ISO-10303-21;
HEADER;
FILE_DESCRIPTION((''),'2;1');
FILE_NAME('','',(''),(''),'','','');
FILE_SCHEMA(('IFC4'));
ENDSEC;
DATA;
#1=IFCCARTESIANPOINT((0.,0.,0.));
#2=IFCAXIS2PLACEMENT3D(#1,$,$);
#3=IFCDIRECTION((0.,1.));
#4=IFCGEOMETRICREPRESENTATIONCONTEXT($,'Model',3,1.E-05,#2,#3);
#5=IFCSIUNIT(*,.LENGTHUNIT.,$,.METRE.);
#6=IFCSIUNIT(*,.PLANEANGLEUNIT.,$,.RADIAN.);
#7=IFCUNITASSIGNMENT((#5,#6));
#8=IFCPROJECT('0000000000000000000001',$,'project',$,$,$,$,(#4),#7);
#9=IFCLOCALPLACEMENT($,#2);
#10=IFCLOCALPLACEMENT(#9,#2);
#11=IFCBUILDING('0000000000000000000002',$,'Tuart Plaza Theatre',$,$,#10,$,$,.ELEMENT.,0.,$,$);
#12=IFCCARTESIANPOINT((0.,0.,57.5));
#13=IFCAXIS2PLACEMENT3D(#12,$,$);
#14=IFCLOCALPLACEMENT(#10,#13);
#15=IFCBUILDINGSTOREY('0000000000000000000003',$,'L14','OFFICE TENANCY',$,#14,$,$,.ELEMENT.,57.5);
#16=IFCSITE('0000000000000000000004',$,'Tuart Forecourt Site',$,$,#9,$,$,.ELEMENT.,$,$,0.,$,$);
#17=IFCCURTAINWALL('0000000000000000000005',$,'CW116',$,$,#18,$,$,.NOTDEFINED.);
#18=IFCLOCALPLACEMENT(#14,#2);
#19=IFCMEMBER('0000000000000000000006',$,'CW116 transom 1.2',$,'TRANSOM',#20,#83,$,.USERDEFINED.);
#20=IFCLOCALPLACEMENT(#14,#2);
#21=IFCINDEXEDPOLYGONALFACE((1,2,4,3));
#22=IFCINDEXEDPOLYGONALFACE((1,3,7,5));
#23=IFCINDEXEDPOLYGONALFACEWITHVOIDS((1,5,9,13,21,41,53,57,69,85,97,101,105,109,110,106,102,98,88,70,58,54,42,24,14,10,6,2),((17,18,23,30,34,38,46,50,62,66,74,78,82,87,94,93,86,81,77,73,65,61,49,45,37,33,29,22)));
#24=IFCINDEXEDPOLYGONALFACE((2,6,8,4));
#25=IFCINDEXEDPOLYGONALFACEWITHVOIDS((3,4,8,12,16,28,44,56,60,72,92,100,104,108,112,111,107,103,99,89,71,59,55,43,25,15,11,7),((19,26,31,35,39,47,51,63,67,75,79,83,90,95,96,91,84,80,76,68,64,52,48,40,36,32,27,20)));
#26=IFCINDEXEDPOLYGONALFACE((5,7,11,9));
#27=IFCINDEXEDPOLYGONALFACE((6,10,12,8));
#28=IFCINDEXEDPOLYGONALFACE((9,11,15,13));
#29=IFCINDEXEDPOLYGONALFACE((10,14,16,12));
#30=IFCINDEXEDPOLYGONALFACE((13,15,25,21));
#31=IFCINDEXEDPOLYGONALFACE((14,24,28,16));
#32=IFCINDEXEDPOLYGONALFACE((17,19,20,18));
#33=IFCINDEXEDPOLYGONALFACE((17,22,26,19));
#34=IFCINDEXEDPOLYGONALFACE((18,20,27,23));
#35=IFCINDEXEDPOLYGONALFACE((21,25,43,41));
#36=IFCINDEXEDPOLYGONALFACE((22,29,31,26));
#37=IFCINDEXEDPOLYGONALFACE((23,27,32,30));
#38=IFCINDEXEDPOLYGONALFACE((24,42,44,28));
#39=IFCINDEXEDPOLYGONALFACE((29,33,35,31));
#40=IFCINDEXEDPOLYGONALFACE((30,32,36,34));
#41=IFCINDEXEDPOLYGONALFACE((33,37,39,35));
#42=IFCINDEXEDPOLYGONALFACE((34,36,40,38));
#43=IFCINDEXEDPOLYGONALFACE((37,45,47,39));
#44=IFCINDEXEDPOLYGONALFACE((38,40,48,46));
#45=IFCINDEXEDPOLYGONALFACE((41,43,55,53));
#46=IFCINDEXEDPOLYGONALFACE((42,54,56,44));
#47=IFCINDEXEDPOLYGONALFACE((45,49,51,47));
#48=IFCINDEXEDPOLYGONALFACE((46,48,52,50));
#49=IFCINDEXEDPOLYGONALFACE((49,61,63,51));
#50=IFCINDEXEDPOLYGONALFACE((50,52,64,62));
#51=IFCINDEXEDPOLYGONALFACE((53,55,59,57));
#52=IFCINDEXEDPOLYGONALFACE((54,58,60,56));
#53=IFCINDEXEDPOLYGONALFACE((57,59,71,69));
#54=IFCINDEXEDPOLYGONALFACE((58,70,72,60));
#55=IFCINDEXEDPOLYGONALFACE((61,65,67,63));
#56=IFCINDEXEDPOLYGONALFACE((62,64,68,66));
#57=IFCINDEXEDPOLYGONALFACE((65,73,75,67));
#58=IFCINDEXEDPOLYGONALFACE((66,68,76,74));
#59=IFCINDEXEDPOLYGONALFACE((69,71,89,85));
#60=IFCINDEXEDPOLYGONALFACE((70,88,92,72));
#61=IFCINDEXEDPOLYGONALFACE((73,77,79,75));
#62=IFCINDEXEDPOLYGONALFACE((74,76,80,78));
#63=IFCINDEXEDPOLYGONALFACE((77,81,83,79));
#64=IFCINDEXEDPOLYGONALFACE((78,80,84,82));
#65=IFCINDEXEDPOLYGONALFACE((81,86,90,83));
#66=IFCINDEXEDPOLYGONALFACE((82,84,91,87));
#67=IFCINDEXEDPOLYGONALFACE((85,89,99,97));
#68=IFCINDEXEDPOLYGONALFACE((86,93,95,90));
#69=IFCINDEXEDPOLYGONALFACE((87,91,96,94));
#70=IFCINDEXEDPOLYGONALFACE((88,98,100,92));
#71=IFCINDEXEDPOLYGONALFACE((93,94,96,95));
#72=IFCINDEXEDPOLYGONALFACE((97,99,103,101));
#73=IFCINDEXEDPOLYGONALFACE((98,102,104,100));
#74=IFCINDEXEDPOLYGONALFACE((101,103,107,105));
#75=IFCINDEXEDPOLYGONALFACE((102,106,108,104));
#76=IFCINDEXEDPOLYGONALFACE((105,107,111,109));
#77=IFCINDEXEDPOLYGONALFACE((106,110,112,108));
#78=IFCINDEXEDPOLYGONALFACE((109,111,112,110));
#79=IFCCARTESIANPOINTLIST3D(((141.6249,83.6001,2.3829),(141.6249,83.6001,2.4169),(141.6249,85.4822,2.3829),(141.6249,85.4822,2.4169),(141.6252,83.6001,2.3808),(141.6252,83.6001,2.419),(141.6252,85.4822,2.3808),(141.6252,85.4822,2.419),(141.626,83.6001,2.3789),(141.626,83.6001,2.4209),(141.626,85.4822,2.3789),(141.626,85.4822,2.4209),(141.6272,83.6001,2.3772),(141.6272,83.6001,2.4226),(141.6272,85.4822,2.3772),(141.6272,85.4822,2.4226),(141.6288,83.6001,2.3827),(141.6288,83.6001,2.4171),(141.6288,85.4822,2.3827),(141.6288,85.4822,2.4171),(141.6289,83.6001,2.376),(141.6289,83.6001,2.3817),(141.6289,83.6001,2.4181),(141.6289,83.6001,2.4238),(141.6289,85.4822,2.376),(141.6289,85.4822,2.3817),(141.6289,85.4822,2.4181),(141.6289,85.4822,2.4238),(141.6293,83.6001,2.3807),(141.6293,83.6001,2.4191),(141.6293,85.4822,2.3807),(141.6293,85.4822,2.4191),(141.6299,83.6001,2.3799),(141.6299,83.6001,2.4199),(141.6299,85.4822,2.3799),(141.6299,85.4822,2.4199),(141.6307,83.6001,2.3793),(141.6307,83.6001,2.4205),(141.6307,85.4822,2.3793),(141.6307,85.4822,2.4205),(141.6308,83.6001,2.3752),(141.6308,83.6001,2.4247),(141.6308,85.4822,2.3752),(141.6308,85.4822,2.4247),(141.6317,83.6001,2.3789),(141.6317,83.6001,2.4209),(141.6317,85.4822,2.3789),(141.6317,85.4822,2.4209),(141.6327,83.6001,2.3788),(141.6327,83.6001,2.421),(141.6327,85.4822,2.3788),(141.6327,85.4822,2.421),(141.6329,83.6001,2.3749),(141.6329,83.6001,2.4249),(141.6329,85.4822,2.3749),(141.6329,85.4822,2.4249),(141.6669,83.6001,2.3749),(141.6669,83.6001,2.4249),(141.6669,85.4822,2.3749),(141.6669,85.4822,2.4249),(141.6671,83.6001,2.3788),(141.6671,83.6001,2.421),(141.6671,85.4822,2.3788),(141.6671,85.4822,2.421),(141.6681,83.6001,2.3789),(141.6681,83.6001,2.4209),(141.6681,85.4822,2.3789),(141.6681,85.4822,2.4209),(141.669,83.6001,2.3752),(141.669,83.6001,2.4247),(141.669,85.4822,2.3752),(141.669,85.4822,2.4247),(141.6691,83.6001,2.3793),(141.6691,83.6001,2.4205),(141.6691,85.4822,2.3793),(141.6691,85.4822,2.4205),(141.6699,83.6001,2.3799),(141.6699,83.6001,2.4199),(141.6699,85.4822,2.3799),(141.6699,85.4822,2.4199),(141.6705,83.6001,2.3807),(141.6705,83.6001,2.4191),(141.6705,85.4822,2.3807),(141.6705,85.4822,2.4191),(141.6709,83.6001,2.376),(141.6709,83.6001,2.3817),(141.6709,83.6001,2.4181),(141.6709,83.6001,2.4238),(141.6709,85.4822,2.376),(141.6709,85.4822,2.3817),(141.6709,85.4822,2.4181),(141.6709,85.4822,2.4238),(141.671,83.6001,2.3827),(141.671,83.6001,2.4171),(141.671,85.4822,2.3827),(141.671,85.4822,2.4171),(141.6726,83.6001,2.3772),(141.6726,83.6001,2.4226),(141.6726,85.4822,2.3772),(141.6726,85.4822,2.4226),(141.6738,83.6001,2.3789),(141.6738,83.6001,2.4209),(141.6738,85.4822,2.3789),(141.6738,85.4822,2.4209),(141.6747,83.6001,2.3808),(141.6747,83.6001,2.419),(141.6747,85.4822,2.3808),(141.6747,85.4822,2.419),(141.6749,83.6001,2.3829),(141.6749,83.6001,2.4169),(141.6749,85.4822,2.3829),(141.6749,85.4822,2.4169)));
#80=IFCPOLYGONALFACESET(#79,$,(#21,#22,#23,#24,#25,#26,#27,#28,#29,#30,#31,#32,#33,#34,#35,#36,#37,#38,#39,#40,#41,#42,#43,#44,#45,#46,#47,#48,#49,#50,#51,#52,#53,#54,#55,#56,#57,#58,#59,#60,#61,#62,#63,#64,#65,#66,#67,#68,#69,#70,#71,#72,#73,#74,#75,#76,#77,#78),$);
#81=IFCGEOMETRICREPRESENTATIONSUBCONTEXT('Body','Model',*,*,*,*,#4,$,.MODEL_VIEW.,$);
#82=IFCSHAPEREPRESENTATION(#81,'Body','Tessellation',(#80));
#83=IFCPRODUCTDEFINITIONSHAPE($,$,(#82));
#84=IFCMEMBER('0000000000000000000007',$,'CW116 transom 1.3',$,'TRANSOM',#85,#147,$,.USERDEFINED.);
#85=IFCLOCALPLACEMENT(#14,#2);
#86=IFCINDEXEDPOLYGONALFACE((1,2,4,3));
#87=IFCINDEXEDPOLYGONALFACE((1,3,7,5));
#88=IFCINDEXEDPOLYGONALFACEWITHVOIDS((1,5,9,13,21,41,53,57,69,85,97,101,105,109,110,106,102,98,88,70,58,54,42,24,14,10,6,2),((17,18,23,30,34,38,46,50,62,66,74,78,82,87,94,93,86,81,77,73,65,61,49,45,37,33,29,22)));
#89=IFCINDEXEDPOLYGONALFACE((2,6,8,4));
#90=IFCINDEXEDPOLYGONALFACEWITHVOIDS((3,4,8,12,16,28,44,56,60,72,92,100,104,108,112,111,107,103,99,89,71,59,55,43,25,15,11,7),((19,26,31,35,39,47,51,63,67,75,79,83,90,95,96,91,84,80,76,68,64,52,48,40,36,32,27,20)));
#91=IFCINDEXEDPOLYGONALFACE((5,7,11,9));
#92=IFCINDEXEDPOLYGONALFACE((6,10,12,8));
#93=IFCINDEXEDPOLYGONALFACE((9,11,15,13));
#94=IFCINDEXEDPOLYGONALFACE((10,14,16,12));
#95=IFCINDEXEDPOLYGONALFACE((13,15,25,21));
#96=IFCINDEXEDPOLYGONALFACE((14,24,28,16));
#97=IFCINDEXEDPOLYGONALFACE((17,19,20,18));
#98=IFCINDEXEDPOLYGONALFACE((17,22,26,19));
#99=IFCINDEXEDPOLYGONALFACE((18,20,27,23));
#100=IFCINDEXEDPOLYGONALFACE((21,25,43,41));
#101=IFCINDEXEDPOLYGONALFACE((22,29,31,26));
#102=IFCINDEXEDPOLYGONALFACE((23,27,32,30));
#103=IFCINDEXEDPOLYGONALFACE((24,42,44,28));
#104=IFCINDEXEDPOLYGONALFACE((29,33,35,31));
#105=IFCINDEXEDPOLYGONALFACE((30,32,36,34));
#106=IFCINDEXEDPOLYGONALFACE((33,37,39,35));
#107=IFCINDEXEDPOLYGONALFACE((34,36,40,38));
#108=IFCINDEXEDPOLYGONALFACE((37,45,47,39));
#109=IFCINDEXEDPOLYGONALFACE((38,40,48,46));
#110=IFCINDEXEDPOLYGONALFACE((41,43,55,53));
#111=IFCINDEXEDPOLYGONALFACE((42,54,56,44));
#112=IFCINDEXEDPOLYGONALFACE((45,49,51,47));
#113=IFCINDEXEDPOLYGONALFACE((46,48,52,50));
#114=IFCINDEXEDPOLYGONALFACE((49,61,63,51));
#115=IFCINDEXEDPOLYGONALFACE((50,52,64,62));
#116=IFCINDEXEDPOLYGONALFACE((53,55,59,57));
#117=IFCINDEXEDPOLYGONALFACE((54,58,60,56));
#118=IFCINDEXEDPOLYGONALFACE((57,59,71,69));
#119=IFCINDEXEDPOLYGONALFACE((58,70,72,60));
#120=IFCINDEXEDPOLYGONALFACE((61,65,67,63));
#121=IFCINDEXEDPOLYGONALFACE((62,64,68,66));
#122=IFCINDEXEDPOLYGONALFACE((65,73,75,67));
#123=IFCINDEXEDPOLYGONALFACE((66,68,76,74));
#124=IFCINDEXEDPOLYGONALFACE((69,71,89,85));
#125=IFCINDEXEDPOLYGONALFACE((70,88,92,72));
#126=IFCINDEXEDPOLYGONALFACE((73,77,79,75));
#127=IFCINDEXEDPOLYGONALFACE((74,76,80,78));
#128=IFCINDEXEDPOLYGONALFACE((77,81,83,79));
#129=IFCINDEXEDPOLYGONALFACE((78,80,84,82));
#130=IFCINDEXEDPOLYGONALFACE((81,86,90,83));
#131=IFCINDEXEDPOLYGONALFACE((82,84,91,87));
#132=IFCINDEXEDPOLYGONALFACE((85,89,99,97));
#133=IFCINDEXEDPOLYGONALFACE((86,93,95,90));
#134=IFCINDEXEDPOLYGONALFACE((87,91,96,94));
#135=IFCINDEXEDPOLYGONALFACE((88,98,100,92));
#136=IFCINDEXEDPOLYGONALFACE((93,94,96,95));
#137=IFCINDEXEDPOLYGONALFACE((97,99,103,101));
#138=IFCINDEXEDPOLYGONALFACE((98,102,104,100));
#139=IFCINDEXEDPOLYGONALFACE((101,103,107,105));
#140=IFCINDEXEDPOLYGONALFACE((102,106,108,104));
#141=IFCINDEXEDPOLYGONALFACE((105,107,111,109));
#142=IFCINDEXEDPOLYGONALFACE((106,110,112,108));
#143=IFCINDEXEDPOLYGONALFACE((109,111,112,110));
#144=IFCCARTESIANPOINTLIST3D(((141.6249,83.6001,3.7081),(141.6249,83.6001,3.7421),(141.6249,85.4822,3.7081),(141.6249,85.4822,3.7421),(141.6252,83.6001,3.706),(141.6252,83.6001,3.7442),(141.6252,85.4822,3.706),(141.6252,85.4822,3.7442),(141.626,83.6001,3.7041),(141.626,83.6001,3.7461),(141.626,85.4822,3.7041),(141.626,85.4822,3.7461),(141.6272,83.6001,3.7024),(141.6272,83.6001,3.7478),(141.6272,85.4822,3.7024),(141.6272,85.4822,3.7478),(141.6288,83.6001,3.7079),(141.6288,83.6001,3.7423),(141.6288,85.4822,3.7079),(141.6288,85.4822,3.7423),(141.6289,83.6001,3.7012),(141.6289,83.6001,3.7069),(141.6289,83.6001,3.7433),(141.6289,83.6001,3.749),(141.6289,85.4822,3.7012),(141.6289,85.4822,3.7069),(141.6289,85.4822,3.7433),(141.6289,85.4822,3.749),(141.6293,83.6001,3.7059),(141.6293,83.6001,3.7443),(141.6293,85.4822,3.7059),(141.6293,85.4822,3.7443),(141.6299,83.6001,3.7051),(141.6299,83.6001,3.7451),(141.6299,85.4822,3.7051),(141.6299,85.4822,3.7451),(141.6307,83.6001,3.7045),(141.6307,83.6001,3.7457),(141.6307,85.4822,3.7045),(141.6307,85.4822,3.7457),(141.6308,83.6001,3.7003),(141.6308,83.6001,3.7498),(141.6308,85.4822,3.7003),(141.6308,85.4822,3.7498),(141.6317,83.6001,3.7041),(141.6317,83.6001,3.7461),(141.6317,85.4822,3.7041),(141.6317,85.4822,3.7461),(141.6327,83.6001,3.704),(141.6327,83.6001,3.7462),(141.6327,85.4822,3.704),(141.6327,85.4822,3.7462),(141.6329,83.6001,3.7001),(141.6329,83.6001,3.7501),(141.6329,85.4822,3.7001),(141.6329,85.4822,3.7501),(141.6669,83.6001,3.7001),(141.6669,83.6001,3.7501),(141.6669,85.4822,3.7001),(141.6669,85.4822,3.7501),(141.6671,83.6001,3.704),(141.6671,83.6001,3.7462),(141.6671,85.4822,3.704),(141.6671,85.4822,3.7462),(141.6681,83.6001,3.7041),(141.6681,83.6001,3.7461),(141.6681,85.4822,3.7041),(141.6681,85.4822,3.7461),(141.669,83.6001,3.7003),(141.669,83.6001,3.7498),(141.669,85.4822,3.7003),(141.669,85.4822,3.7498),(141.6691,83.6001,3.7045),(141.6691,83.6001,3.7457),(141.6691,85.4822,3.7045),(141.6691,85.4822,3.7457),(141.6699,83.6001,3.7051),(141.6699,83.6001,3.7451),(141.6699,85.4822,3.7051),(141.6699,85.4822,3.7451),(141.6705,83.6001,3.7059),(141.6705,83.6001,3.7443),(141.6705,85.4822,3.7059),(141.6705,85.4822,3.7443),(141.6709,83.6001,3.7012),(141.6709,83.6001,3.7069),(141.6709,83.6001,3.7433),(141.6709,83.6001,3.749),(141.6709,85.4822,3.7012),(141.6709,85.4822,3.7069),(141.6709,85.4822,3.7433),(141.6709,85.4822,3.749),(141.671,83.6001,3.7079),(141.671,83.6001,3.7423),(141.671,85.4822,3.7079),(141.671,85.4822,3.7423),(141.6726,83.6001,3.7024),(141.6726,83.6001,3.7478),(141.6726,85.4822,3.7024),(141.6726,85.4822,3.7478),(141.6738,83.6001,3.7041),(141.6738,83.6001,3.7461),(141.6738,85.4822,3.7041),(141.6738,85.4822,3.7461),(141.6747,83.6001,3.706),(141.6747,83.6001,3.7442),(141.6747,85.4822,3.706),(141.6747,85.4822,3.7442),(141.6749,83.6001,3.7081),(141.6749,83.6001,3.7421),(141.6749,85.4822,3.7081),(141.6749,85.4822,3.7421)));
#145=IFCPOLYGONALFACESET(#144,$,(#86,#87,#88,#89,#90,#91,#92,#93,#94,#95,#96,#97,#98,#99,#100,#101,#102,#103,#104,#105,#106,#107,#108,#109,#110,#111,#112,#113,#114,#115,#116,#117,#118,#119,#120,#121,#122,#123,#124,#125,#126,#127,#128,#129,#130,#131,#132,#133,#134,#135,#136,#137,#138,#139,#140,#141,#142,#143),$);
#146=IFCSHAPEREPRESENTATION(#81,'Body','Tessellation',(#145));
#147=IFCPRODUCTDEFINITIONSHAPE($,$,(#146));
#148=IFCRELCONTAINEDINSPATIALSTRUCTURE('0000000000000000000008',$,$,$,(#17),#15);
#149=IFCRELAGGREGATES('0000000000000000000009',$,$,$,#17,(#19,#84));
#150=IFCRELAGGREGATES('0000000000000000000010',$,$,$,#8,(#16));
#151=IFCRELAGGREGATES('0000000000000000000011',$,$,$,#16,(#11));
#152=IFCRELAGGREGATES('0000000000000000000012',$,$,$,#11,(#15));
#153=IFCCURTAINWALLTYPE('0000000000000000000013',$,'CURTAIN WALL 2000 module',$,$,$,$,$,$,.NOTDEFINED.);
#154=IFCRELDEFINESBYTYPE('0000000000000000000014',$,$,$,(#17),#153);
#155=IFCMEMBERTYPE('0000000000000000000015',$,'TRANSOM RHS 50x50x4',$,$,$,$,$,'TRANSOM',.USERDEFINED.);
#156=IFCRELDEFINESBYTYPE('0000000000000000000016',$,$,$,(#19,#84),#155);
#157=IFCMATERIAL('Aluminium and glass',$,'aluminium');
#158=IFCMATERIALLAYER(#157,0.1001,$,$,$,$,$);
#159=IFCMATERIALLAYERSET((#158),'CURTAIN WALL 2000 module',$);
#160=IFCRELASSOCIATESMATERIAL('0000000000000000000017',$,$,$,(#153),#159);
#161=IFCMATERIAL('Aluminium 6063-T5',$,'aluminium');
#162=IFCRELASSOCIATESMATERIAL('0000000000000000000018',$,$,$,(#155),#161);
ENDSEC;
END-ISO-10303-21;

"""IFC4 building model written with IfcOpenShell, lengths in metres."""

from ifc_helpers import new_model, si_unit, direction, frame, origin, origin_2d, place, context, subcontext, project, spatial, hollow_rectangle, extrude, material, layer, layer_set, material_profile, profile_set, type_object, element, aggregate, save


model = new_model("IFC4")

# Units and contexts
model_context = context("Model", 3, precision=1e-05, world=origin(), true_north=direction((0.0, 1.0)))
body_context = subcontext(model_context, "Body", "Model", "MODEL_VIEW")
ifc_project = project(units=[si_unit("LENGTHUNIT", "METRE"), si_unit("PLANEANGLEUNIT", "RADIAN")], contexts=[model_context])

# Site, building, storey
site_placement = place(None, origin())
site = spatial("IfcSite", under=ifc_project, at=site_placement, Name="Tuart Forecourt Site", CompositionType="ELEMENT", RefElevation=0.0)
building_placement = place(site_placement, origin())
building = spatial("IfcBuilding", under=site, at=building_placement, Name="Tuart Plaza Theatre", CompositionType="ELEMENT", ElevationOfRefHeight=0.0)
storey_placement = place(building_placement, frame((0.0, 0.0, 57.5)))
storey = spatial("IfcBuildingStorey", under=building, at=storey_placement, Name="L14", Description="OFFICE TENANCY", CompositionType="ELEMENT", Elevation=57.5)

# Curtain wall
ifc_material_1 = material(Name="Aluminium and glass", Category="aluminium")
ifc_layer_1 = layer(ifc_material_1, 0.1001)
ifc_layer_set_1 = layer_set([ifc_layer_1], Name="CURTAIN WALL 2000 module")
curtain_wall_type = type_object("IfcCurtainWallType", Name="CURTAIN WALL 2000 module", PredefinedType="NOTDEFINED", material=ifc_layer_set_1)
curtain_wall_1_placement = place(storey_placement, origin())
curtain_wall_1 = element("IfcCurtainWall", 1, at=curtain_wall_1_placement, inside=storey, type_object=curtain_wall_type, Name="CW116", PredefinedType="NOTDEFINED")

# Members
ifc_material_2 = material(Name="Aluminium 6063-T5", Category="aluminium")
ifc_material_profile_1 = material_profile(ifc_material_2, hollow_rectangle(XDim=0.05, YDim=0.05, WallThickness=0.0039, InnerFilletRadius=0.0039, OuterFilletRadius=0.0081, at=origin_2d()), Name="RHS 50x50x4")
ifc_profile_set_1 = profile_set([ifc_material_profile_1], Name="Aluminium 6063-T5")
member_type_1 = type_object("IfcMemberType", Name="TRANSOM RHS 50x50x4", ElementType="TRANSOM", PredefinedType="USERDEFINED", material=ifc_profile_set_1)
member_1_placement = place(storey_placement, frame((141.6499, 83.6001, 2.3999), z_axis=(0.0, 1.0, 0.0), x_axis=(-1.0, 0.0, 0.0)))
member_1 = element("IfcMember", 2, at=member_1_placement, type_object=member_type_1, Name="CW116 transom 1.2", ObjectType="TRANSOM", PredefinedType="USERDEFINED", context=body_context, shape_type="SweptSolid", body=[
    extrude(hollow_rectangle(XDim=0.05, YDim=0.05, WallThickness=0.0039, InnerFilletRadius=0.0039, OuterFilletRadius=0.0081, at=origin_2d()), origin(), (0.0, 0.0, 1.0), 1.8821),
])
member_2_placement = place(storey_placement, frame((141.6499, 83.6001, 3.7251), z_axis=(0.0, 1.0, 0.0), x_axis=(-1.0, 0.0, 0.0)))
member_2 = element("IfcMember", 3, at=member_2_placement, type_object=member_type_1, Name="CW116 transom 1.3", ObjectType="TRANSOM", PredefinedType="USERDEFINED", context=body_context, shape_type="SweptSolid", body=[
    extrude(hollow_rectangle(XDim=0.05, YDim=0.05, WallThickness=0.0039, InnerFilletRadius=0.0039, OuterFilletRadius=0.0081, at=origin_2d()), origin(), (0.0, 0.0, 1.0), 1.8821),
])

aggregate(curtain_wall_1, [member_1, member_2])

save(model, "model.ifc")
